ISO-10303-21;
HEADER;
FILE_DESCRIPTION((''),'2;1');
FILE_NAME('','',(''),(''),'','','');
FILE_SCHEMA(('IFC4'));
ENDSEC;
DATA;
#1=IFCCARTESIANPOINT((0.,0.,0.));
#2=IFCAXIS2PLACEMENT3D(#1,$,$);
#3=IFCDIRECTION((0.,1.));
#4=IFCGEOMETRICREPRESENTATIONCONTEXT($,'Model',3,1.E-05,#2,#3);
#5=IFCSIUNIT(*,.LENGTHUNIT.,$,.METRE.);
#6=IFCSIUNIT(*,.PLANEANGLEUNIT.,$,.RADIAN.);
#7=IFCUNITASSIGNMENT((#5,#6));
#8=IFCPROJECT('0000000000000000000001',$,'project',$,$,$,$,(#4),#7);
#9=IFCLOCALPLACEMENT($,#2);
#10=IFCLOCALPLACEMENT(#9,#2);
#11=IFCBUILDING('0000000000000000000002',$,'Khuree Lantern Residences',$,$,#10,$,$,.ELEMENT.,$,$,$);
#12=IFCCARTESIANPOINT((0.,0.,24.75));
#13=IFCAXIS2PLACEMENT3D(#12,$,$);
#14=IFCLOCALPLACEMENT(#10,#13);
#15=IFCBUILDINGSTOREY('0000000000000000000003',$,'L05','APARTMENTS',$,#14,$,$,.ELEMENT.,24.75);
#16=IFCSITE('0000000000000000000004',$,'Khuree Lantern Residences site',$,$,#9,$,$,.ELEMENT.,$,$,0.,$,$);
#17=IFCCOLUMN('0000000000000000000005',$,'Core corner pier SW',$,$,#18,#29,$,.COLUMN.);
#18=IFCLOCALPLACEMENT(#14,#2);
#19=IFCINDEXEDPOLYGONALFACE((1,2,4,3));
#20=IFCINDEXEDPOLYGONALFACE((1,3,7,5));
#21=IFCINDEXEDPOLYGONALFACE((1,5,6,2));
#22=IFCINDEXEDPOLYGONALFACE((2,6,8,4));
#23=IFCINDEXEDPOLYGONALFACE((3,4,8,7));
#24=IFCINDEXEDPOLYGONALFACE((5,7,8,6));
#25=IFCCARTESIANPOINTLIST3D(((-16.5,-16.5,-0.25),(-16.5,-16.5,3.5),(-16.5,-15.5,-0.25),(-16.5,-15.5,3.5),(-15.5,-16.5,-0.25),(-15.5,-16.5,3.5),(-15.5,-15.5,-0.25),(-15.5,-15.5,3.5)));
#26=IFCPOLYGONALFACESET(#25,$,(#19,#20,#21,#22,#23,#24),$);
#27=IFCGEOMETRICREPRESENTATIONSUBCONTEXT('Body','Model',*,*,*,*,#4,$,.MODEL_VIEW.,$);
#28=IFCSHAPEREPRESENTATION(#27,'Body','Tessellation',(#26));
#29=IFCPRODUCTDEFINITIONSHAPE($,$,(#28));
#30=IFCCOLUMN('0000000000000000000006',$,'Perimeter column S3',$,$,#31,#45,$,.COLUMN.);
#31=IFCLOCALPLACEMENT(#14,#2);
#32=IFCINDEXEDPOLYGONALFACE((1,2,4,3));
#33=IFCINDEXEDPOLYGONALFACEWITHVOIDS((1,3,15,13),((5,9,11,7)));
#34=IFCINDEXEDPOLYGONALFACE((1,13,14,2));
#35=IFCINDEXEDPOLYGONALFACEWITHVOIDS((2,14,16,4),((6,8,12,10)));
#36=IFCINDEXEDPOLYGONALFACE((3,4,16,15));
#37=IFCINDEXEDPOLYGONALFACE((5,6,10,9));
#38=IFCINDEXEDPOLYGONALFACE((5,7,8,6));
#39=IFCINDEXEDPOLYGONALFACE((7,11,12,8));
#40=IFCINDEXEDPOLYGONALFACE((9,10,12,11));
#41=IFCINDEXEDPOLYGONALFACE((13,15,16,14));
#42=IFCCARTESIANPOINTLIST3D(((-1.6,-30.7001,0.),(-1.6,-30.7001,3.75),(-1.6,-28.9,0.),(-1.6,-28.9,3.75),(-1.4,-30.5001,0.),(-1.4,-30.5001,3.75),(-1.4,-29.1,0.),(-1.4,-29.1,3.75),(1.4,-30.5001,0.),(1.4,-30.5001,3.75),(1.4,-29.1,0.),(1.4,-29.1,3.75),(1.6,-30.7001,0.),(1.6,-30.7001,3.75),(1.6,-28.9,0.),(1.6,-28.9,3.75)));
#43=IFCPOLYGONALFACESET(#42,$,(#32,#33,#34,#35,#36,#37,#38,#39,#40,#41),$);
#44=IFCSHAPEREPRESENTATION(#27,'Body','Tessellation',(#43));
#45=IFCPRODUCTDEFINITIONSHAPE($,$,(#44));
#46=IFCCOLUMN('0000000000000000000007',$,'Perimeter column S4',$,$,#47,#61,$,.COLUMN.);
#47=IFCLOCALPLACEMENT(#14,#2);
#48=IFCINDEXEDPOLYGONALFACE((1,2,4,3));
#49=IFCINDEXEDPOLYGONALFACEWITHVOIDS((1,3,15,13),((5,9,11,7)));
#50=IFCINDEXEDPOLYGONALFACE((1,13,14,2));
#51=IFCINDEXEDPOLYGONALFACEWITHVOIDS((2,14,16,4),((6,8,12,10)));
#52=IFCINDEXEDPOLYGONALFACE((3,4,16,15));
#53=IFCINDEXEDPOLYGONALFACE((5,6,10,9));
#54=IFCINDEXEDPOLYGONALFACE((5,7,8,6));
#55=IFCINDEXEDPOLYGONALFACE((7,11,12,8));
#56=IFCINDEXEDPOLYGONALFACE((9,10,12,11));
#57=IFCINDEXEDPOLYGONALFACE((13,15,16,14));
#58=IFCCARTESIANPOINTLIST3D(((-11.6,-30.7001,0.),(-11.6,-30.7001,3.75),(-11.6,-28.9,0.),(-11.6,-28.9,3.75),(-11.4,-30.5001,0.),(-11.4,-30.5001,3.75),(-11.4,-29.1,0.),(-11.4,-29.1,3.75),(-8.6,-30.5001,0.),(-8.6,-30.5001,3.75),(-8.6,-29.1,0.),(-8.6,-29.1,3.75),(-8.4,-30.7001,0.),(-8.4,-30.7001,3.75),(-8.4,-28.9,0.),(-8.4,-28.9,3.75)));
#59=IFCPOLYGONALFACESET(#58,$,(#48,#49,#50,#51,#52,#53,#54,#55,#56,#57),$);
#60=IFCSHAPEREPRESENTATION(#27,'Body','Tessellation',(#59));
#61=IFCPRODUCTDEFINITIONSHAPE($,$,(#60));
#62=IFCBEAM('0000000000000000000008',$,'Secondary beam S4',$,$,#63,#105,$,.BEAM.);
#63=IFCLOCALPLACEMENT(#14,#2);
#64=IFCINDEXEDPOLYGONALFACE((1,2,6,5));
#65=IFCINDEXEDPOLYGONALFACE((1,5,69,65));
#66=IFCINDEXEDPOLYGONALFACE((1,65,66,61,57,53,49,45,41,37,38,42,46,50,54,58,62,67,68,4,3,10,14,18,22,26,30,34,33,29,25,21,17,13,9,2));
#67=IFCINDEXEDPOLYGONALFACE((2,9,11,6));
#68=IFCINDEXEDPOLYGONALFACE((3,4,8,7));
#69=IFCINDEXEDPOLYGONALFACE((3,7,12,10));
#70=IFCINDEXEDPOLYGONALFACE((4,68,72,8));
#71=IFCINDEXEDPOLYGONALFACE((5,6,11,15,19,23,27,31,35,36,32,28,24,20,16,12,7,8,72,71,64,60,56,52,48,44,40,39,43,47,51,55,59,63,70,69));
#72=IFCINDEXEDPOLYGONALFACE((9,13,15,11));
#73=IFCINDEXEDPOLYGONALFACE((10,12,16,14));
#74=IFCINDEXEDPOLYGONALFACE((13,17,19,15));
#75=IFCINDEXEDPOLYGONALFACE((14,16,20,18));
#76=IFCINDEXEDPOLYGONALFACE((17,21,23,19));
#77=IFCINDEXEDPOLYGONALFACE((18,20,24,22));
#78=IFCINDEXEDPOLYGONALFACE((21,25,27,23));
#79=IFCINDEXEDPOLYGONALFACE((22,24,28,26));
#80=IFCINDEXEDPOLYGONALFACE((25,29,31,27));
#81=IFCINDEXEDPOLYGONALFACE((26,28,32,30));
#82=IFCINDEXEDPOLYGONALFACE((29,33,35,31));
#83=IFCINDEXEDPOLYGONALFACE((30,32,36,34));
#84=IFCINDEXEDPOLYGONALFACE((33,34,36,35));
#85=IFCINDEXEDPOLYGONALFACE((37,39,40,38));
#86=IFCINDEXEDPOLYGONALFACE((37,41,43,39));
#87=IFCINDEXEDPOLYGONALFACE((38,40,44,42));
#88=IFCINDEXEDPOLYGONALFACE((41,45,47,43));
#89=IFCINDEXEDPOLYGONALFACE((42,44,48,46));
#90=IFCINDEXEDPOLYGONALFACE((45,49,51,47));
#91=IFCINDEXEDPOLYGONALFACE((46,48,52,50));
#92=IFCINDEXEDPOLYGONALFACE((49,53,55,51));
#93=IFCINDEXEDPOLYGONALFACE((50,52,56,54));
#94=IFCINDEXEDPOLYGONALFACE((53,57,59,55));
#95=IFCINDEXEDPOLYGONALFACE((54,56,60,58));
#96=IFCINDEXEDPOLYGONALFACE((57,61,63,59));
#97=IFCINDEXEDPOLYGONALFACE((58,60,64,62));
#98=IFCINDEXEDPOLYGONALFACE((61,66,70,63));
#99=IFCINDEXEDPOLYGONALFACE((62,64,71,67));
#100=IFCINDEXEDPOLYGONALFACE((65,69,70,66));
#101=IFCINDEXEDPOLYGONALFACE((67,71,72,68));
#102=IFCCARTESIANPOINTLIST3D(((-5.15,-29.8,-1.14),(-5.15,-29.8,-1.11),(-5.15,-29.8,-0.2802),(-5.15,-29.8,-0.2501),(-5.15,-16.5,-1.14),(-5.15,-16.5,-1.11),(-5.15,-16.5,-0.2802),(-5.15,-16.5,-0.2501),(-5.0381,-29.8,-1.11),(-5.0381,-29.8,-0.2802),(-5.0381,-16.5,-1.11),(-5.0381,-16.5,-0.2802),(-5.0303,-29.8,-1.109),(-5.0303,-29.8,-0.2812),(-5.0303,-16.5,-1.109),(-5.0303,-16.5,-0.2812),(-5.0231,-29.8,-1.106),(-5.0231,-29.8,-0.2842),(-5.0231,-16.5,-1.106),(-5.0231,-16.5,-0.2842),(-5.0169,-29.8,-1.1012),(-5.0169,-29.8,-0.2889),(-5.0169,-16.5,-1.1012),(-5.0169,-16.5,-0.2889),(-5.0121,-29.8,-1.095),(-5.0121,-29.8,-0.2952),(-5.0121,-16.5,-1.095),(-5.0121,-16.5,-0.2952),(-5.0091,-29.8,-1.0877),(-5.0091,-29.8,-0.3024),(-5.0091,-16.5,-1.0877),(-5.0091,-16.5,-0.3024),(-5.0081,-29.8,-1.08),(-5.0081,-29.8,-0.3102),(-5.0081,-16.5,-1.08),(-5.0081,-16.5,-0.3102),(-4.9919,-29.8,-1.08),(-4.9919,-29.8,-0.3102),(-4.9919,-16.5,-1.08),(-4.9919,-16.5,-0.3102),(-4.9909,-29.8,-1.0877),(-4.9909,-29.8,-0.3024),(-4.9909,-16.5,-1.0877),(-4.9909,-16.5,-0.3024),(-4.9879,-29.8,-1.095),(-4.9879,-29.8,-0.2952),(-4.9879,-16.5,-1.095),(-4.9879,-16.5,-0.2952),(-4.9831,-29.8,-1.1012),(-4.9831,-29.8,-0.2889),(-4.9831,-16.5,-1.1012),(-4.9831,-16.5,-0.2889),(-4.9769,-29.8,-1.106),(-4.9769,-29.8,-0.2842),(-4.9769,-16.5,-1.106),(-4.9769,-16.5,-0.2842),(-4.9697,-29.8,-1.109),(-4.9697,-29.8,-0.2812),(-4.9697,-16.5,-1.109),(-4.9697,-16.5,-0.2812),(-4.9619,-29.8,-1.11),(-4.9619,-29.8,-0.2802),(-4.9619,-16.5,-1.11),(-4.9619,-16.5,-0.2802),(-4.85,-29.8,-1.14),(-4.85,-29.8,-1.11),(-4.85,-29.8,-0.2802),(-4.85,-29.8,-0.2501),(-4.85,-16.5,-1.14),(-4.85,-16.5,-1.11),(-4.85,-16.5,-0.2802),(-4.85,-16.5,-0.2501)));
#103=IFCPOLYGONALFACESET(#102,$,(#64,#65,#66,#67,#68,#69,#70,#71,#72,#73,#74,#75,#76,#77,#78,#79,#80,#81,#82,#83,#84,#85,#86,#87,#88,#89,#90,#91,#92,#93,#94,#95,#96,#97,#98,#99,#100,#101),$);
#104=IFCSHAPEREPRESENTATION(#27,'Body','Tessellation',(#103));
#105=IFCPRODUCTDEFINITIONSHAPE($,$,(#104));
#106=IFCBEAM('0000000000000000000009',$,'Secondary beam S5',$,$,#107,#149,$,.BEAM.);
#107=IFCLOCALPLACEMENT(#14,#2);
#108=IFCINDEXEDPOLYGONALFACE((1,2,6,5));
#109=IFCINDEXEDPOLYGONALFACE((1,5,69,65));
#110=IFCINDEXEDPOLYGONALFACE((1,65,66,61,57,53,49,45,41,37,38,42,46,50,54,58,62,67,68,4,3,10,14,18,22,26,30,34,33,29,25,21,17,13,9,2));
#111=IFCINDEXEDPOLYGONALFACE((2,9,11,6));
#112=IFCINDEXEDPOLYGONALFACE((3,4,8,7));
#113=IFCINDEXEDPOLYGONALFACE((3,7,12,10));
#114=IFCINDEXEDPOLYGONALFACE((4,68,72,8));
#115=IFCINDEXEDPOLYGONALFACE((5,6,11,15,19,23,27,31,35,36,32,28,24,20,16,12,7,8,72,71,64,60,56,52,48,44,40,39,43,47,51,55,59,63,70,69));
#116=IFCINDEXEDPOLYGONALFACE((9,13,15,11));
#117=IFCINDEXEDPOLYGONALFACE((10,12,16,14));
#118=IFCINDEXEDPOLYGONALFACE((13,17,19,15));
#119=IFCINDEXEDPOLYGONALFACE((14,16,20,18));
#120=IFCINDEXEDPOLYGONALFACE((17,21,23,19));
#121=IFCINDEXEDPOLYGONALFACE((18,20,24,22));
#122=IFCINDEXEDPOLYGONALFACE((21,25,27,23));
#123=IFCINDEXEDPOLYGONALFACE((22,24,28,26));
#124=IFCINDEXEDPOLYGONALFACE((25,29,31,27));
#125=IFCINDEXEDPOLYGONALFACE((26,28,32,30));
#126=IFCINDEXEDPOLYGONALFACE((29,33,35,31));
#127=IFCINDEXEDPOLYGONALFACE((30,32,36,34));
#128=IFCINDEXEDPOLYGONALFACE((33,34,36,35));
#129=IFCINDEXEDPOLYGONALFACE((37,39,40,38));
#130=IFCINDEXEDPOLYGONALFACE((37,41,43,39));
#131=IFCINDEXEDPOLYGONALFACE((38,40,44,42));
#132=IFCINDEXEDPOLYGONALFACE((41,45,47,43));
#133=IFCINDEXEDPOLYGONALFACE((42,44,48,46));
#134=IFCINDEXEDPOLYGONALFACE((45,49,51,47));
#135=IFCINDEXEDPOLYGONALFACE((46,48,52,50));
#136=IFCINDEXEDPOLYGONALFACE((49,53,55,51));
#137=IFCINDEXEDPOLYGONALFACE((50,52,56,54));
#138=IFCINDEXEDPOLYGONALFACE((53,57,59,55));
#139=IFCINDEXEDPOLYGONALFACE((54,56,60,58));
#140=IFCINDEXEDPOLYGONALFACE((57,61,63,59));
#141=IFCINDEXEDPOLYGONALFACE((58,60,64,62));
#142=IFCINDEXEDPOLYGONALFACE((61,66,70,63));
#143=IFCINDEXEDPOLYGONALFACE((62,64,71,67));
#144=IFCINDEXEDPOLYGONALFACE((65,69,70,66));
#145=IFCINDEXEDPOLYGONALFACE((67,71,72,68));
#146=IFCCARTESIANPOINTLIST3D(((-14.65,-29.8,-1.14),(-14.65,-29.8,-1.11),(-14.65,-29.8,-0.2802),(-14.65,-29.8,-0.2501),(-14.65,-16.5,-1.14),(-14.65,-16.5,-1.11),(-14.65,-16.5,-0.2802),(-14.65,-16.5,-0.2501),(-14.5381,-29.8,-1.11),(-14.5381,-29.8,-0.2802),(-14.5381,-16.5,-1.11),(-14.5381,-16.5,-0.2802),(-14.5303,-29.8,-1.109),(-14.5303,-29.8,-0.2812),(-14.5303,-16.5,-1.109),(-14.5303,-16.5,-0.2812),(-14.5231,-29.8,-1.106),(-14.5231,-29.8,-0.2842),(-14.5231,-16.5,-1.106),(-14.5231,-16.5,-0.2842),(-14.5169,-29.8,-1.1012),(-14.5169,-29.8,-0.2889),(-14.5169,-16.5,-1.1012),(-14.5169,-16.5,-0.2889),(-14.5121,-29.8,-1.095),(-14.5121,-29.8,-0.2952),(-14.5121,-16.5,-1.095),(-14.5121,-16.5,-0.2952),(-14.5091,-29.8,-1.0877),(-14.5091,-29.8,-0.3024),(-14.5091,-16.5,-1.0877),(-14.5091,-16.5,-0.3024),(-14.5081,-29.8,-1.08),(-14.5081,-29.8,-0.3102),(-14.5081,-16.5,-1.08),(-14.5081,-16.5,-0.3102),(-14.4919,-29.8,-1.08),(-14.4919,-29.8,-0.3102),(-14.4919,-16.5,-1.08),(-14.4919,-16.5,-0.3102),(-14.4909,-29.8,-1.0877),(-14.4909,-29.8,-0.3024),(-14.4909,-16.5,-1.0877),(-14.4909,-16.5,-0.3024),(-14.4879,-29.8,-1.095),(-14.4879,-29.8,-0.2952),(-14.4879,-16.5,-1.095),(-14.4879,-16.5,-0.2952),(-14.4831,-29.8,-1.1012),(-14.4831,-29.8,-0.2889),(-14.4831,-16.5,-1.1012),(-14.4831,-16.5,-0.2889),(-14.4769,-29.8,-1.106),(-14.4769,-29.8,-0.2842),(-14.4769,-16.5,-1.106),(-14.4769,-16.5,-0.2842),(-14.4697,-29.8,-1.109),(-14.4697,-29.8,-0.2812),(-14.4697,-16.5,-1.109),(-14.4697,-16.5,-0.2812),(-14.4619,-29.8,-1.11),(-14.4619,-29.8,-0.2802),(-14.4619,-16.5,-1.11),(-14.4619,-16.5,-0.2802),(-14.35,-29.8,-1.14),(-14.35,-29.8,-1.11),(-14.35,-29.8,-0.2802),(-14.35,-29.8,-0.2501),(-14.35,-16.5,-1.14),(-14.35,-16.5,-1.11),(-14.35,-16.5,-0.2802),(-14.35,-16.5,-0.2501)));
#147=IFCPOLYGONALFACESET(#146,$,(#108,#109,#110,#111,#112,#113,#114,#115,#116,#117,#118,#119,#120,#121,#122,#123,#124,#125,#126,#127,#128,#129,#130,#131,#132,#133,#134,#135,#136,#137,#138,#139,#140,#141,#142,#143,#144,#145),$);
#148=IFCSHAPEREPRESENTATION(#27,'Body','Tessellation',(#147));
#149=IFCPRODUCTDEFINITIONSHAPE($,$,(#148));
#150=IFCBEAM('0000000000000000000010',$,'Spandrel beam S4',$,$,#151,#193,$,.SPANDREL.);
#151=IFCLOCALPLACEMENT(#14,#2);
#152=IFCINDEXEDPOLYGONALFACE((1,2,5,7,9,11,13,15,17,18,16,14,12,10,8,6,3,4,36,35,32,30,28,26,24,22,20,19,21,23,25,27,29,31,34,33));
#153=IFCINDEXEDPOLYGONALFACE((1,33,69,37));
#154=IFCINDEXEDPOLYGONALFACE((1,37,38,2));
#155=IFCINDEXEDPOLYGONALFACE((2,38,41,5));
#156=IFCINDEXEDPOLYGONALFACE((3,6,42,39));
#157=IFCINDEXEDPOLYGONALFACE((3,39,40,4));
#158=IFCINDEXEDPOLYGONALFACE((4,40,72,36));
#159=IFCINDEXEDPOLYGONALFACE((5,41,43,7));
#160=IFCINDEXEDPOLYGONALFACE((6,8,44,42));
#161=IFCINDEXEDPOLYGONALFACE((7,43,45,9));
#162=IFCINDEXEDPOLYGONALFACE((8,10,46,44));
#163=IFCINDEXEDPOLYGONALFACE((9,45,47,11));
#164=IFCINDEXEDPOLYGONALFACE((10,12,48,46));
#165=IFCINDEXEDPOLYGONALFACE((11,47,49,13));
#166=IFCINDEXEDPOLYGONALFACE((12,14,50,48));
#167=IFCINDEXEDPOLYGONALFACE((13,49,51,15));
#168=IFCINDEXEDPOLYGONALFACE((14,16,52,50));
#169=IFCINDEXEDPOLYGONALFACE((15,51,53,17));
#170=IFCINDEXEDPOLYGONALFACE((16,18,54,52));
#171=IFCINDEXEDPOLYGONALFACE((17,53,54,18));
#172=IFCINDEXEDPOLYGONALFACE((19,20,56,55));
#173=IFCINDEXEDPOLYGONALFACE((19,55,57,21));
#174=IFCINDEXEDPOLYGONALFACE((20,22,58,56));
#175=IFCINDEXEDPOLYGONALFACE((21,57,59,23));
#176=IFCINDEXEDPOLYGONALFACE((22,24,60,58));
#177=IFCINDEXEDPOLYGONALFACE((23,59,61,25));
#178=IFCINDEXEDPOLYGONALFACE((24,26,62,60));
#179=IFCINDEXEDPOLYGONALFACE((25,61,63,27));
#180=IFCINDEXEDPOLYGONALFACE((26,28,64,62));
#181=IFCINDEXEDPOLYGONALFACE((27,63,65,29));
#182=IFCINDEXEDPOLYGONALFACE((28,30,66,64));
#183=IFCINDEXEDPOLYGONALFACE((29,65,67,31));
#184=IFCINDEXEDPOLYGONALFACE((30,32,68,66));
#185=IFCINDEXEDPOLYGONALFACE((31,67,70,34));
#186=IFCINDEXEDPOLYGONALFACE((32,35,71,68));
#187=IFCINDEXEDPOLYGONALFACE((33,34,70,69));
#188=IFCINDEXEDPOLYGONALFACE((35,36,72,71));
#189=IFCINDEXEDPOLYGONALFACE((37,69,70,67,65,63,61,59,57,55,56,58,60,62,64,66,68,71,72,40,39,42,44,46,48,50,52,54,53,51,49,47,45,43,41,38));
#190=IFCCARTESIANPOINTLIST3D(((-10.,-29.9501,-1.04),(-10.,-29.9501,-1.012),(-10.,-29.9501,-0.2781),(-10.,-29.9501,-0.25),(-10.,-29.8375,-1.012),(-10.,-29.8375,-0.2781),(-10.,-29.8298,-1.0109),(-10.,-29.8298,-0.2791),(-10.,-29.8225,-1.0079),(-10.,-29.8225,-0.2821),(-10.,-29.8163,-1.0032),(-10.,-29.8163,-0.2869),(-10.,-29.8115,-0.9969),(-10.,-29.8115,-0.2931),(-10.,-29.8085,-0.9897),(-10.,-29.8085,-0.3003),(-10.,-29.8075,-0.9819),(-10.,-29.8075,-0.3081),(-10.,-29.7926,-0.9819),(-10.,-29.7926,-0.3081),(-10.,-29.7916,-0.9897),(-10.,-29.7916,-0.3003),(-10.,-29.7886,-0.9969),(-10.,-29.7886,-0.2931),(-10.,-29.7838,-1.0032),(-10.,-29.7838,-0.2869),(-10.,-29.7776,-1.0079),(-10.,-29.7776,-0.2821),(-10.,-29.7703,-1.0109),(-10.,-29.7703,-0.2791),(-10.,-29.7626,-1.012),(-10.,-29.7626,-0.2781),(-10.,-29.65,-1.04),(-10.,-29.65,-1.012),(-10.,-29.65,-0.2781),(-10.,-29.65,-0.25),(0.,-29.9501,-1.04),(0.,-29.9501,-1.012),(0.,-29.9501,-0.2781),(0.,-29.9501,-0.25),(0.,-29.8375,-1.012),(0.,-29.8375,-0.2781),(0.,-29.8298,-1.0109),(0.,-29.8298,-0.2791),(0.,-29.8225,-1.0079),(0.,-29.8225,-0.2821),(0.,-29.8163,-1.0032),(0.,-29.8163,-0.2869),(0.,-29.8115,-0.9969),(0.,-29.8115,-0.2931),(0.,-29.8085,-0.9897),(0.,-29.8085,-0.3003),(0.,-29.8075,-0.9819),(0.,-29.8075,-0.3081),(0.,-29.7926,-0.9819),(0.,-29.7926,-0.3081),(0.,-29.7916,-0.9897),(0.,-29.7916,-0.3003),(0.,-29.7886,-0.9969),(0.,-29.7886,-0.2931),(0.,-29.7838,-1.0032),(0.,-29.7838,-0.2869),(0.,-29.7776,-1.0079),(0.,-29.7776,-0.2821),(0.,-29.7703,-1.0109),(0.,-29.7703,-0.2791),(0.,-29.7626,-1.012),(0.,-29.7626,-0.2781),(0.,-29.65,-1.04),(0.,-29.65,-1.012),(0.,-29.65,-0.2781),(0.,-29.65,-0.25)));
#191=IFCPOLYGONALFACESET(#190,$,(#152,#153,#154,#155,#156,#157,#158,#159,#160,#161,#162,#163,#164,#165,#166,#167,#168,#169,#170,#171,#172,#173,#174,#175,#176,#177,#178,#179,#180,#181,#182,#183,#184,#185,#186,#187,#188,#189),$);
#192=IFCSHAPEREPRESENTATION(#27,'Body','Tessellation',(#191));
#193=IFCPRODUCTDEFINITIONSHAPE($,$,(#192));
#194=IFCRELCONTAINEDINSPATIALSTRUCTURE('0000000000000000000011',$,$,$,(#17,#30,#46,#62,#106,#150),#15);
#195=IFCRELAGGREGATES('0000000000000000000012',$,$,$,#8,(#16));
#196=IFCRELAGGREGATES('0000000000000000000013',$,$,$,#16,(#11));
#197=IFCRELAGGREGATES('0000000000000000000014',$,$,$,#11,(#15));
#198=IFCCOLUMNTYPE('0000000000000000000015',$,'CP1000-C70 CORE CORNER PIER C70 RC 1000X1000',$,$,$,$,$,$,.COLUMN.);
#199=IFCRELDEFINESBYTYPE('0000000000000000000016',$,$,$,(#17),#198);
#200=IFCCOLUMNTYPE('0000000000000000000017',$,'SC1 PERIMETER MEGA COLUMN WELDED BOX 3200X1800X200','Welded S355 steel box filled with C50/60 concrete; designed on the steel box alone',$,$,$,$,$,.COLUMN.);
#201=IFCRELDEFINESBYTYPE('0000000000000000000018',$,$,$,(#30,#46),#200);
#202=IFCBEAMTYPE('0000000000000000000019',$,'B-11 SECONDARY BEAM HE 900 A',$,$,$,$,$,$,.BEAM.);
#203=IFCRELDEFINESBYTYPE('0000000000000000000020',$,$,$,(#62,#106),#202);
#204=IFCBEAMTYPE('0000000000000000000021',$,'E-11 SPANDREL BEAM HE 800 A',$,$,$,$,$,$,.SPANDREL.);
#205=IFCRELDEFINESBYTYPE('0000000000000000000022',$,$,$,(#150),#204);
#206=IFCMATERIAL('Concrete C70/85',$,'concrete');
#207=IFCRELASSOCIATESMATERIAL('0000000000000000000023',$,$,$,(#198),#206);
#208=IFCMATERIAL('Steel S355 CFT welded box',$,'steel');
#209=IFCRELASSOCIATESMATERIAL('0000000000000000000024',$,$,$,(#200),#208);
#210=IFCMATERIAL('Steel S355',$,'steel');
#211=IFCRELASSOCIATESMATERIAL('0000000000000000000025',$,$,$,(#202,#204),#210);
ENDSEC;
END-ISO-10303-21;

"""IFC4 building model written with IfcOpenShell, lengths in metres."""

from ifc_helpers import new_model, si_unit, direction, frame, origin, origin_2d, place, context, subcontext, project, spatial, rectangle, hollow_rectangle, i_section, extrude, material, material_profile, profile_set, type_object, element, save


model = new_model("IFC4")

# Units and contexts
model_context = context("Model", 3, precision=1e-05, world=origin(), true_north=direction((0.0, 1.0)))
body_context = subcontext(model_context, "Body", "Model", "MODEL_VIEW")
ifc_project = project(units=[si_unit("LENGTHUNIT", "METRE"), si_unit("PLANEANGLEUNIT", "RADIAN")], contexts=[model_context])

# Site, building, storey
site_placement = place(None, origin())
site = spatial("IfcSite", under=ifc_project, at=site_placement, Name="Khuree Lantern Residences site", CompositionType="ELEMENT", RefElevation=0.0)
building_placement = place(site_placement, origin())
building = spatial("IfcBuilding", under=site, at=building_placement, Name="Khuree Lantern Residences", CompositionType="ELEMENT")
storey_placement = place(building_placement, frame((0.0, 0.0, 24.75)))
storey = spatial("IfcBuildingStorey", under=building, at=storey_placement, Name="L05", Description="APARTMENTS", CompositionType="ELEMENT", Elevation=24.75)

# Columns
ifc_material_1 = material(Name="Concrete C70/85", Category="concrete")
ifc_material_profile_1 = material_profile(ifc_material_1, rectangle(XDim=1.0, YDim=1.0, at=origin_2d()), Name="RC 1000X1000")
ifc_profile_set_1 = profile_set([ifc_material_profile_1], Name="Concrete C70/85")
column_type_1 = type_object("IfcColumnType", Name="CP1000-C70 CORE CORNER PIER C70 RC 1000X1000", PredefinedType="COLUMN", material=ifc_profile_set_1)
column_placement = place(storey_placement, frame((-16.0, -16.0, -0.25), z_axis=(0.0, 0.0, 1.0), x_axis=(1.0, 0.0, 0.0)))
element("IfcColumn", 1, at=column_placement, inside=storey, type_object=column_type_1, Name="Core corner pier SW", PredefinedType="COLUMN", context=body_context, shape_type="SweptSolid", body=[
    extrude(rectangle(XDim=1.0, YDim=1.0, at=origin_2d()), origin(), (0.0, 0.0, 1.0), 3.75),
])
ifc_material_2 = material(Name="Steel S355 CFT welded box", Category="steel")
ifc_material_profile_2 = material_profile(ifc_material_2, hollow_rectangle(XDim=3.2, YDim=1.8, WallThickness=0.2, at=origin_2d()), Name="WELDED BOX 3200X1800X200")
ifc_profile_set_2 = profile_set([ifc_material_profile_2], Name="Steel S355 CFT welded box")
column_type_2 = type_object("IfcColumnType", Name="SC1 PERIMETER MEGA COLUMN WELDED BOX 3200X1800X200", Description="Welded S355 steel box filled with C50/60 concrete; designed on the steel box alone", PredefinedType="COLUMN", material=ifc_profile_set_2)
for number, where, z_axis, x_axis, name in (
    (2, (0.0, -29.8, 0.0), (0.0, 0.0, 1.0), (1.0, 0.0, 0.0), "Perimeter column S3"),
    (3, (-10.0, -29.8, 0.0), (0.0, 0.0, 1.0), (1.0, 0.0, 0.0), "Perimeter column S4"),
):
    element("IfcColumn", number, at=place(storey_placement, frame(where, z_axis=z_axis, x_axis=x_axis)), inside=storey, type_object=column_type_2, Name=name, PredefinedType="COLUMN", context=body_context, shape_type="SweptSolid", body=[
        extrude(hollow_rectangle(XDim=3.2, YDim=1.8, WallThickness=0.2, at=origin_2d()), origin(), (0.0, 0.0, 1.0), 3.75),
    ])

# Beams
ifc_material_3 = material(Name="Steel S355", Category="steel")
ifc_material_profile_3 = material_profile(ifc_material_3, i_section(OverallWidth=0.3, OverallDepth=0.8899, WebThickness=0.0161, FlangeThickness=0.03, FilletRadius=0.03, at=origin_2d()), Name="HE 900 A")
ifc_profile_set_3 = profile_set([ifc_material_profile_3], Name="Steel S355")
beam_type_1 = type_object("IfcBeamType", Name="B-11 SECONDARY BEAM HE 900 A", PredefinedType="BEAM", material=ifc_profile_set_3)
for number, where, z_axis, x_axis, name in (
    (4, (-5.0, -29.8, -0.6951), (0.0, 1.0, 0.0), (-1.0, 0.0, 0.0), "Secondary beam S4"),
    (5, (-14.5, -29.8, -0.6951), (0.0, 1.0, 0.0), (-1.0, 0.0, 0.0), "Secondary beam S5"),
):
    element("IfcBeam", number, at=place(storey_placement, frame(where, z_axis=z_axis, x_axis=x_axis)), inside=storey, type_object=beam_type_1, Name=name, PredefinedType="BEAM", context=body_context, shape_type="SweptSolid", body=[
        extrude(i_section(OverallWidth=0.3, OverallDepth=0.8899, WebThickness=0.0161, FlangeThickness=0.03, FilletRadius=0.03, at=origin_2d()), origin(), (0.0, 0.0, 1.0), 13.3),
    ])
ifc_material_profile_4 = material_profile(ifc_material_3, i_section(OverallWidth=0.3, OverallDepth=0.79, WebThickness=0.0149, FlangeThickness=0.0281, FilletRadius=0.03, at=origin_2d()), Name="HE 800 A")
ifc_profile_set_4 = profile_set([ifc_material_profile_4], Name="Steel S355")
beam_type_2 = type_object("IfcBeamType", Name="E-11 SPANDREL BEAM HE 800 A", PredefinedType="SPANDREL", material=ifc_profile_set_4)
for number, where, z_axis, x_axis, name in (
    (6, (0.0, -29.8, -0.645), (-1.0, 0.0, 0.0), (0.0, -1.0, 0.0), "Spandrel beam S4"),
):
    element("IfcBeam", number, at=place(storey_placement, frame(where, z_axis=z_axis, x_axis=x_axis)), inside=storey, type_object=beam_type_2, Name=name, PredefinedType="SPANDREL", context=body_context, shape_type="SweptSolid", body=[
        extrude(i_section(OverallWidth=0.3, OverallDepth=0.79, WebThickness=0.0149, FlangeThickness=0.0281, FilletRadius=0.03, at=origin_2d()), origin(), (0.0, 0.0, 1.0), 10.0),
    ])

save(model, "model.ifc")
